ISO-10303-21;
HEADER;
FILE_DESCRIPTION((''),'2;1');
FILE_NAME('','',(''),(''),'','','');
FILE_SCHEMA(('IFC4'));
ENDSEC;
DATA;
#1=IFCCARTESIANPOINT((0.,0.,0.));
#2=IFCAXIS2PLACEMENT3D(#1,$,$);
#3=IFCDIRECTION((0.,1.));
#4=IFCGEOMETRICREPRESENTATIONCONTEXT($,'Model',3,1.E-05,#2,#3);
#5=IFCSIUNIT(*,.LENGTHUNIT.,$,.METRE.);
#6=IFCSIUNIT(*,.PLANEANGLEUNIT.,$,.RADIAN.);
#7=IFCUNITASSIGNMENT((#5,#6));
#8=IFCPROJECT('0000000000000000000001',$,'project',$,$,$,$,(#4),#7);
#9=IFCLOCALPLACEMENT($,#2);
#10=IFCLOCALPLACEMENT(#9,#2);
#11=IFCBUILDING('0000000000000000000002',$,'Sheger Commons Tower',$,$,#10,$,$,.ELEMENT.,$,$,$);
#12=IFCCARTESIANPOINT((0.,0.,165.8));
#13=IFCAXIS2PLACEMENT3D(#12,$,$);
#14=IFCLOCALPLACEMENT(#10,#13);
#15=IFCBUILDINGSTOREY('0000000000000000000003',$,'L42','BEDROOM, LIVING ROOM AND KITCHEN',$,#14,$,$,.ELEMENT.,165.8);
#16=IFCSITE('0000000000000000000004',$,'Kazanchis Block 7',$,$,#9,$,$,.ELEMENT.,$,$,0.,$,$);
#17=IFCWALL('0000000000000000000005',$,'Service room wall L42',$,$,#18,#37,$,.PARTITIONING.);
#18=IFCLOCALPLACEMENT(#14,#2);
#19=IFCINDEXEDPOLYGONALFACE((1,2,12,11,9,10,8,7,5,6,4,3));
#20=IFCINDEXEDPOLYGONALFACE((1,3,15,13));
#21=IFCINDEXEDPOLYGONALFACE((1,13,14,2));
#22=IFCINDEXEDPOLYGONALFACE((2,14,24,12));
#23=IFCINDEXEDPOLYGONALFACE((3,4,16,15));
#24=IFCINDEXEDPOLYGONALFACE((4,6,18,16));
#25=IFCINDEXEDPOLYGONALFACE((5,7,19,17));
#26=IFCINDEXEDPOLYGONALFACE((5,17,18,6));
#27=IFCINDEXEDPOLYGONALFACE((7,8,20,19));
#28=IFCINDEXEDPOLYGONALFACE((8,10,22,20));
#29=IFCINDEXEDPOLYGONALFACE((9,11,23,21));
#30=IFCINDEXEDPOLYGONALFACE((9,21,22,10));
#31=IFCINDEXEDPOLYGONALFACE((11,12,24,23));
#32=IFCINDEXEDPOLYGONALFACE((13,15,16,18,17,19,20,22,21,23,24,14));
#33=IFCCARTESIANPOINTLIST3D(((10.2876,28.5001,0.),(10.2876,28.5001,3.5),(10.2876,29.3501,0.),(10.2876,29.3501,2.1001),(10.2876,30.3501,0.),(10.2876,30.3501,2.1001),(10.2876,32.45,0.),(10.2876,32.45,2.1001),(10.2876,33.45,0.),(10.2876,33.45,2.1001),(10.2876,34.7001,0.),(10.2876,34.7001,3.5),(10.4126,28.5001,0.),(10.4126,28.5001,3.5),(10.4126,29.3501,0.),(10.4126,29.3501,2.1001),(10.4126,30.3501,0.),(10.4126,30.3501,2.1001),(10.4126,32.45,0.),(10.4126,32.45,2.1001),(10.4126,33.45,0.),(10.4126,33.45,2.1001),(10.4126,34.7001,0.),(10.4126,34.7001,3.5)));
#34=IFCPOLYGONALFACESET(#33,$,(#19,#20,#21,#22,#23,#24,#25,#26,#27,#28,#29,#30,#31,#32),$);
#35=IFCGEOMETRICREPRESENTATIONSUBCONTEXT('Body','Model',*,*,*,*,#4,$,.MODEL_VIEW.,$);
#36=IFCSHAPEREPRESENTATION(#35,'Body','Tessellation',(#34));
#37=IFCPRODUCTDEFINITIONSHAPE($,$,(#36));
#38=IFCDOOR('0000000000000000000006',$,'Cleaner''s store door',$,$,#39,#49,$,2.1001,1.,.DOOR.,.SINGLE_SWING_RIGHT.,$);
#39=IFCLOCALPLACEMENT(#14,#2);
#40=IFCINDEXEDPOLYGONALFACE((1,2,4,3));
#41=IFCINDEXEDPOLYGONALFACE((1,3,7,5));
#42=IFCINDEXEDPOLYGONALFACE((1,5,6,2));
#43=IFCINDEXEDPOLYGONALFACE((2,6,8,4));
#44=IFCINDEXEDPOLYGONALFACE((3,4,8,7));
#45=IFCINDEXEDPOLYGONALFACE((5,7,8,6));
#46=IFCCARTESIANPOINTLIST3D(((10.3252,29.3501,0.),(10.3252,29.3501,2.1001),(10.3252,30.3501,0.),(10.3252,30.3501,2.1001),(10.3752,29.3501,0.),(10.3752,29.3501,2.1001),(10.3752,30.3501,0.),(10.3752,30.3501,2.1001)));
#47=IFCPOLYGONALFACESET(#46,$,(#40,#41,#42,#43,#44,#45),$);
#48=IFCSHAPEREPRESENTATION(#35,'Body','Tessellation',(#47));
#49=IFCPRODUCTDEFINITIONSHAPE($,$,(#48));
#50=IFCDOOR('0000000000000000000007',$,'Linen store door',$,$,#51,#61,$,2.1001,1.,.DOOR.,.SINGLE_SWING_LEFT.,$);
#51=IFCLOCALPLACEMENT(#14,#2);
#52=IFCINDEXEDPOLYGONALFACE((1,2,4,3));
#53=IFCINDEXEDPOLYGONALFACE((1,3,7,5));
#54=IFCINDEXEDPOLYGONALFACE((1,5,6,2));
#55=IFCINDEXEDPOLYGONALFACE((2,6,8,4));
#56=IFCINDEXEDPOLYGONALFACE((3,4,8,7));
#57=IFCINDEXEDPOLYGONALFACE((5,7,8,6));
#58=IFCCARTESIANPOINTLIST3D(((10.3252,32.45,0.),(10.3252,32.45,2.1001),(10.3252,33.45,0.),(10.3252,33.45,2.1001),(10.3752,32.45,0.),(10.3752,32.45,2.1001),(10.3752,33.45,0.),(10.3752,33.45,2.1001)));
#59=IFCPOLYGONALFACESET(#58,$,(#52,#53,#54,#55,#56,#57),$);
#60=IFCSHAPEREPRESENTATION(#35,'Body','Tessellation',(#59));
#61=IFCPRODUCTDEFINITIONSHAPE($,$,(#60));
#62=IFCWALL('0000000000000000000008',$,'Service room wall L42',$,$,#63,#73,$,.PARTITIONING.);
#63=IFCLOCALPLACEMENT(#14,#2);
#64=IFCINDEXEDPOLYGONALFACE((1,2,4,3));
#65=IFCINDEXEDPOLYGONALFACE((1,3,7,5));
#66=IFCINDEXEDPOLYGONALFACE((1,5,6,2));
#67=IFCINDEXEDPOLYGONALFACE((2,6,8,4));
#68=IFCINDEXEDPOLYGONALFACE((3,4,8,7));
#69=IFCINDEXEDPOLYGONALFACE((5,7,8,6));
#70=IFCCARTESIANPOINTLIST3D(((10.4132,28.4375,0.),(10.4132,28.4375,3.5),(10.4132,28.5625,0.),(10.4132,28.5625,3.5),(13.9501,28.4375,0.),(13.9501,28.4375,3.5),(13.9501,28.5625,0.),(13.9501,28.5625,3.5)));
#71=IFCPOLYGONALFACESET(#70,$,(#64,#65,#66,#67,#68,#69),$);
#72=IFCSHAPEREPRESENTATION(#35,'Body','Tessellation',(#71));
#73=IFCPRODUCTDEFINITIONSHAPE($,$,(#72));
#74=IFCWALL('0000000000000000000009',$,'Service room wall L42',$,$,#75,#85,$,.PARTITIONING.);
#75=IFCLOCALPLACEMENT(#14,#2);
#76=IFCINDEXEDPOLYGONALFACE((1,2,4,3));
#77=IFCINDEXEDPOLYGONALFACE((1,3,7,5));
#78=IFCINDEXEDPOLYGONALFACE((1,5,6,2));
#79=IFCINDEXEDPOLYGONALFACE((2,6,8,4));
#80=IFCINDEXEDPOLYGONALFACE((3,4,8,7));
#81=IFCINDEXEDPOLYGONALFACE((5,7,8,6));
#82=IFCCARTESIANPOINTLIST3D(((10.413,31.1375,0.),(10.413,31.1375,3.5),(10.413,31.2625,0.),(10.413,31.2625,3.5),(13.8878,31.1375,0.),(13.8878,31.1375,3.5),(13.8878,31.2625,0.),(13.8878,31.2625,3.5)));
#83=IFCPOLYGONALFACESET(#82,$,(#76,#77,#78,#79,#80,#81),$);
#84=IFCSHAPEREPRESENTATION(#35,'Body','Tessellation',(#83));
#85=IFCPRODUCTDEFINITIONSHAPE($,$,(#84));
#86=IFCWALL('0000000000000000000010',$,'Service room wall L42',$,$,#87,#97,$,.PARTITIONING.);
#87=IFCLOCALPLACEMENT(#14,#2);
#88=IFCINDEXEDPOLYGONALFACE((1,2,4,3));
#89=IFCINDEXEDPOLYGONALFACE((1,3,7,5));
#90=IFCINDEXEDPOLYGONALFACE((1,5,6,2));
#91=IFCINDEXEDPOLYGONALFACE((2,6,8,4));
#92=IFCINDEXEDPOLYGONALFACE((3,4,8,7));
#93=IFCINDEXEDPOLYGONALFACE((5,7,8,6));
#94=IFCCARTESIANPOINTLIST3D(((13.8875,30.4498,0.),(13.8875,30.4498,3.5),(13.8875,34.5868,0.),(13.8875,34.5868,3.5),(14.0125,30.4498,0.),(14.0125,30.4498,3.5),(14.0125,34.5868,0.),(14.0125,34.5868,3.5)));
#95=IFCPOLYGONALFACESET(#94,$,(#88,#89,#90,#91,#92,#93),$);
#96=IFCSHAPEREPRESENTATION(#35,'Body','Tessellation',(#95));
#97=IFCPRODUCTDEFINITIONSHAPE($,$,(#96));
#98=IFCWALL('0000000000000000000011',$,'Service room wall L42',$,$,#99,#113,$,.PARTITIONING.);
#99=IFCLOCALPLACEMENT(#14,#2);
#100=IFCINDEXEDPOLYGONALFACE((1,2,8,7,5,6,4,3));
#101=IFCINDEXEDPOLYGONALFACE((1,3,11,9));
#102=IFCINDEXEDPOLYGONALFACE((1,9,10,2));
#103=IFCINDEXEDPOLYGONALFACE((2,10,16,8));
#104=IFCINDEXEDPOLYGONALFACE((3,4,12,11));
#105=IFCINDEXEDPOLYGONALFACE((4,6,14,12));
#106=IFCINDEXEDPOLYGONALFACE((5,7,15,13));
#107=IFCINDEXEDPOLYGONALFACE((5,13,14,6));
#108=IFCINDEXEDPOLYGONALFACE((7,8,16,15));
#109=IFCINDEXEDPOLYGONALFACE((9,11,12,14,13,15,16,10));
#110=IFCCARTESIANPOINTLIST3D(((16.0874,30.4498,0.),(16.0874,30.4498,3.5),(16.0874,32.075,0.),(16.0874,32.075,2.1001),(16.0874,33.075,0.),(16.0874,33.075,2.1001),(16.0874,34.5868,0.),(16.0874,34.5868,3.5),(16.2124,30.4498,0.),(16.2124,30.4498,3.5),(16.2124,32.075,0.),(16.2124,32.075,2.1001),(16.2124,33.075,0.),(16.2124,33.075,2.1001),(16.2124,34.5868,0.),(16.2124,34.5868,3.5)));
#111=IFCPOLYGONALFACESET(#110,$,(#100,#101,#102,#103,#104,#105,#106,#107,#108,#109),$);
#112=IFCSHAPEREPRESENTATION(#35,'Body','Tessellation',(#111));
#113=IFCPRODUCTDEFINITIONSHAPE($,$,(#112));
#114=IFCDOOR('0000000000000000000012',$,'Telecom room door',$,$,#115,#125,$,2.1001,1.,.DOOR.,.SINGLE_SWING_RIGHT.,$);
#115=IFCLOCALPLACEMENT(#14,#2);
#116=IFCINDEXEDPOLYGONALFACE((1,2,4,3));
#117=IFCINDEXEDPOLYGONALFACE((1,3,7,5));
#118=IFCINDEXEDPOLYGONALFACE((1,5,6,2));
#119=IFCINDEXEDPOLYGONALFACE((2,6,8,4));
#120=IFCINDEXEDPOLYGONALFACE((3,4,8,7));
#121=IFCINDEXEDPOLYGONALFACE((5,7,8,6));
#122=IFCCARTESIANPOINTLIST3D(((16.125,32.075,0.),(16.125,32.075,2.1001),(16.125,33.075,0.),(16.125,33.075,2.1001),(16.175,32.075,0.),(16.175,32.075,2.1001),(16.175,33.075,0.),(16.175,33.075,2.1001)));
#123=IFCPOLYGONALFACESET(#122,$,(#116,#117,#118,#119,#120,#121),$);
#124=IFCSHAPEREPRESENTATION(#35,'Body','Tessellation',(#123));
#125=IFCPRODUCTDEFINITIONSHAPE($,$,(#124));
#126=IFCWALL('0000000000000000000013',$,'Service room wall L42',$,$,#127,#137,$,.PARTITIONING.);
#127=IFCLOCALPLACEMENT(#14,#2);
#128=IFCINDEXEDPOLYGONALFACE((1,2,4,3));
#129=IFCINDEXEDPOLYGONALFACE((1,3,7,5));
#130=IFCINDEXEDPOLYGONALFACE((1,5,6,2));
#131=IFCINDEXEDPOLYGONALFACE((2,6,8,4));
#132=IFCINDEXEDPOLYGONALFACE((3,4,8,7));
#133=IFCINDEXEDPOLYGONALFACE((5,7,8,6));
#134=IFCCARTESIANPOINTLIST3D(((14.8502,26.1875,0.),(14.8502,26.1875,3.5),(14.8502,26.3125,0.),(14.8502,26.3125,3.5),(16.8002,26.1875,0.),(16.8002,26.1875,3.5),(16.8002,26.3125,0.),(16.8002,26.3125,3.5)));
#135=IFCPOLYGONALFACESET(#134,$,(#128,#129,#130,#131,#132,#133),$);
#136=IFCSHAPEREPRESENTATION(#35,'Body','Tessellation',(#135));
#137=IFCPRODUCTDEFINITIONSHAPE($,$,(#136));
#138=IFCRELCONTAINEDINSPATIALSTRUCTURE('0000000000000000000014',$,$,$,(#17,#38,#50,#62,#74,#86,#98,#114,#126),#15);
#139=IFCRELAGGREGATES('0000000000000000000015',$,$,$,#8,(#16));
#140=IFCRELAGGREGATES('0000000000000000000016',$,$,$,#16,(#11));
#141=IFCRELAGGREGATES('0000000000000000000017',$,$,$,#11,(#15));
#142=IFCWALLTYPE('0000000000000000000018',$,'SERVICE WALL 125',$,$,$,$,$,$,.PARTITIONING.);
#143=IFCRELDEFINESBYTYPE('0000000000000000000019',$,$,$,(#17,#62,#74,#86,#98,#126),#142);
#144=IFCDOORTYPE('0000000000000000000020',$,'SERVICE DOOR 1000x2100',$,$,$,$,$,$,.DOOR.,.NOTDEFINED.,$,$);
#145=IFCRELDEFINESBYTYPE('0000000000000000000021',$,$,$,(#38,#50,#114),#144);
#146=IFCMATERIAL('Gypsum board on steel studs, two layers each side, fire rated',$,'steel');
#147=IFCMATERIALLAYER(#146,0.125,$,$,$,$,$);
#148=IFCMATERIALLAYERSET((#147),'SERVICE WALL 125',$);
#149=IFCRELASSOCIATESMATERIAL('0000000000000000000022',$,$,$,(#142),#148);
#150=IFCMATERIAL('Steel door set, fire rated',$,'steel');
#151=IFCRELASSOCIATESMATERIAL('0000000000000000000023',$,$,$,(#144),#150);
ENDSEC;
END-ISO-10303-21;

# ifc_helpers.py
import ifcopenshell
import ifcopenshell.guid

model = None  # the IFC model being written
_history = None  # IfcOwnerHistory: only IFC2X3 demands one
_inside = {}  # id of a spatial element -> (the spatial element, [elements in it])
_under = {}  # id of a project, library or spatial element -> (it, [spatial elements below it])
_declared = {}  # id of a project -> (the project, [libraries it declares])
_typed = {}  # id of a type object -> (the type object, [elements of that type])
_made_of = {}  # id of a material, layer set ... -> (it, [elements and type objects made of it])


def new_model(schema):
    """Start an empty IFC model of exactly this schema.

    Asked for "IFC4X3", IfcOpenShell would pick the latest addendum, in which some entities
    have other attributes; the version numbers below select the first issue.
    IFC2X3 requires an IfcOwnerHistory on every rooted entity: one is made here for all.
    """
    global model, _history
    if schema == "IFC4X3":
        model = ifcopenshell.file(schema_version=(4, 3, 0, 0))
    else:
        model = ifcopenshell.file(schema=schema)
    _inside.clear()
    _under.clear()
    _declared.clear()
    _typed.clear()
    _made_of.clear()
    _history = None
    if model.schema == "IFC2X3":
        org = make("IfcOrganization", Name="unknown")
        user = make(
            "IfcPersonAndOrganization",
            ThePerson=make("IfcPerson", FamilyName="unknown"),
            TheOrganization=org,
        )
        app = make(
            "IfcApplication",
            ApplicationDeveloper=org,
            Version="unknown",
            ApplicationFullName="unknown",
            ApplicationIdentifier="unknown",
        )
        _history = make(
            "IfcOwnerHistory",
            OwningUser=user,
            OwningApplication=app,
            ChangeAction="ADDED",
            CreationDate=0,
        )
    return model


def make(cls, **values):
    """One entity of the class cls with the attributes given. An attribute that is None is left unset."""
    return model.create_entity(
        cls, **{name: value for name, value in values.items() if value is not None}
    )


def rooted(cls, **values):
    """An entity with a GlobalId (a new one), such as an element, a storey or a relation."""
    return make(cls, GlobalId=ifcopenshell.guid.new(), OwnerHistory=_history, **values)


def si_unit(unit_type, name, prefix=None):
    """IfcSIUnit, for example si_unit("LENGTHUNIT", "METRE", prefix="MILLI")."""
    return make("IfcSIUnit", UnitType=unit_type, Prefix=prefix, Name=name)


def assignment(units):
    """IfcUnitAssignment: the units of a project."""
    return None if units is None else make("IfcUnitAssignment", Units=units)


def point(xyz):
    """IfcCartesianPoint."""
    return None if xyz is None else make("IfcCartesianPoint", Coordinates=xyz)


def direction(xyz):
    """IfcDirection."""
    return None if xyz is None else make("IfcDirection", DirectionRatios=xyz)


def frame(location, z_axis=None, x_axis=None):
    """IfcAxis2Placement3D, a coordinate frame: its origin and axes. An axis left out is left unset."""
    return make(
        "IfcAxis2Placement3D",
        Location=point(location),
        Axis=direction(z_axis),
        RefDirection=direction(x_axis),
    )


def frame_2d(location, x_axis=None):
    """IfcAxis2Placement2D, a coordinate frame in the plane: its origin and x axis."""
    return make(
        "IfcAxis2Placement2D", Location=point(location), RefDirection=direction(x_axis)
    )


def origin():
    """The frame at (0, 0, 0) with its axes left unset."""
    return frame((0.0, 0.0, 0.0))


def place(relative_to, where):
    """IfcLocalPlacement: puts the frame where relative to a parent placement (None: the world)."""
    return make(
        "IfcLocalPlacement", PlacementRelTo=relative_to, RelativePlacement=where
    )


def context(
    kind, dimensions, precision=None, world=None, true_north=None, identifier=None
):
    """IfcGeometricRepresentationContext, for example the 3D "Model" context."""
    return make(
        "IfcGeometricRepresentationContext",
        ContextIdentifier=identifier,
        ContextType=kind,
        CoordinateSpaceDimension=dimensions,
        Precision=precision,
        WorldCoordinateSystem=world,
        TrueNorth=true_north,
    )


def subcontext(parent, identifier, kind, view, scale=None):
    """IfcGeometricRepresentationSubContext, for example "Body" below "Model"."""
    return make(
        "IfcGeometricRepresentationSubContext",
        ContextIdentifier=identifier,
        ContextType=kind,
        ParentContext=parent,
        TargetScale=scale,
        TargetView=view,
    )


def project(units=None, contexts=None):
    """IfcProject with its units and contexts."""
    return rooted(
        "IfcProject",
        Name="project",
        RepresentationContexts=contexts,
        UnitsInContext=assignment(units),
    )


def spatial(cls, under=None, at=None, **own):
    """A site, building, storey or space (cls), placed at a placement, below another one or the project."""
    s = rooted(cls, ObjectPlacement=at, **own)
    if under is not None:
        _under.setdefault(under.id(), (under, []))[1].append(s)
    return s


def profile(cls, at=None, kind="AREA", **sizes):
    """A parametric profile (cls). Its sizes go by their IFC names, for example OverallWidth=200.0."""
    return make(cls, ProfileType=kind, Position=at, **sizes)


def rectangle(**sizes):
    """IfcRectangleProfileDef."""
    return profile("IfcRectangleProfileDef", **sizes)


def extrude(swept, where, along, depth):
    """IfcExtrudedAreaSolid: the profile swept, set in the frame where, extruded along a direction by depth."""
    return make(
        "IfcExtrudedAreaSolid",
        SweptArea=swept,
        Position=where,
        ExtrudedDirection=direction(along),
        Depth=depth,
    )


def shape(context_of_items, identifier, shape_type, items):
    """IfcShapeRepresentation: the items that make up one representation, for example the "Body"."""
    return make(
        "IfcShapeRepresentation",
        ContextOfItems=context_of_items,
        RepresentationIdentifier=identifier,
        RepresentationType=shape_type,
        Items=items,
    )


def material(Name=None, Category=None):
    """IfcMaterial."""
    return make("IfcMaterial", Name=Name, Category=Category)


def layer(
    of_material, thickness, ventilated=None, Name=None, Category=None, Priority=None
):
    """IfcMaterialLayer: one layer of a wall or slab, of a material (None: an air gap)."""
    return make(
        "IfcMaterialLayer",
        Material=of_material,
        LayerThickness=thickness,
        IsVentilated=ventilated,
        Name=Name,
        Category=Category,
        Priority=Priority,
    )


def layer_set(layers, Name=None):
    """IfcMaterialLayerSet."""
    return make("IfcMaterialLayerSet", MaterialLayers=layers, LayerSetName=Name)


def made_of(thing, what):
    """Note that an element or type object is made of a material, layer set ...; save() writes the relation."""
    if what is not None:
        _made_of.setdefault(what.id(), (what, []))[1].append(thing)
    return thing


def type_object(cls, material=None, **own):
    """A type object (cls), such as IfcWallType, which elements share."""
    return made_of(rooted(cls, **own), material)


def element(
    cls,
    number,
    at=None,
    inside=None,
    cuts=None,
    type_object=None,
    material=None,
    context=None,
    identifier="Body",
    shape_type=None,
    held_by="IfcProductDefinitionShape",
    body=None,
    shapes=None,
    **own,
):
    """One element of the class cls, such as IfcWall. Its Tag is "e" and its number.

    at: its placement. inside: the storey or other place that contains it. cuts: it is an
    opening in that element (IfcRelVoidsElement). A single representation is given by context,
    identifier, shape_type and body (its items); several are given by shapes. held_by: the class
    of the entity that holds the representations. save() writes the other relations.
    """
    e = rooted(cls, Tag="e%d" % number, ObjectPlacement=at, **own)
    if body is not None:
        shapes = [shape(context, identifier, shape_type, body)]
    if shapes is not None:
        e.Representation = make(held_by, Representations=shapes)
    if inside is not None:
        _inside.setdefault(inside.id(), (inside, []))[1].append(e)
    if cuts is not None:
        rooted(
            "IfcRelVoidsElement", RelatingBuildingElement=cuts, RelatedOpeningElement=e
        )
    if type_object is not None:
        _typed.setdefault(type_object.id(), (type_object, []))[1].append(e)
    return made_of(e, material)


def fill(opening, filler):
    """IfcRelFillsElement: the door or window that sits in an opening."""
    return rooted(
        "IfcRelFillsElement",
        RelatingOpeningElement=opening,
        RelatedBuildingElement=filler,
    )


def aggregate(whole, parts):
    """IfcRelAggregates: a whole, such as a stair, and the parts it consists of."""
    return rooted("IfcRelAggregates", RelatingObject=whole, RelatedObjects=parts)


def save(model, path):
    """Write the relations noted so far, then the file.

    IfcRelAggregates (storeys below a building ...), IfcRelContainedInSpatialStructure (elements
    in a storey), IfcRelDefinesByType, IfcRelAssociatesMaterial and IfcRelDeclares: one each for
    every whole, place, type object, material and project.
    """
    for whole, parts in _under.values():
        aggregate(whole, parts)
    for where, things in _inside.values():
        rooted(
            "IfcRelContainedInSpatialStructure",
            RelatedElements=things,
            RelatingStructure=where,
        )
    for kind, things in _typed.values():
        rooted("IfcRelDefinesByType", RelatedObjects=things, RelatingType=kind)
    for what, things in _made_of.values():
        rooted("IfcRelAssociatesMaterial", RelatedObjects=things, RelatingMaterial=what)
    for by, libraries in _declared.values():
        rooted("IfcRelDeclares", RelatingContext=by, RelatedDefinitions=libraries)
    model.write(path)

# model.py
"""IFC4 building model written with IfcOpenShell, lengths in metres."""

from ifc_helpers import new_model, si_unit, direction, frame, frame_2d, origin, place, context, subcontext, project, spatial, rectangle, extrude, material, layer, layer_set, type_object, element, fill, save


model = new_model("IFC4")

# Units and contexts
model_context = context("Model", 3, precision=1e-05, world=origin(), true_north=direction((0.0, 1.0)))
body_context = subcontext(model_context, "Body", "Model", "MODEL_VIEW")
ifc_project = project(units=[si_unit("LENGTHUNIT", "METRE"), si_unit("PLANEANGLEUNIT", "RADIAN")], contexts=[model_context])

# Site, building, storey
site_placement = place(None, origin())
site = spatial("IfcSite", under=ifc_project, at=site_placement, Name="Kazanchis Block 7", CompositionType="ELEMENT", RefElevation=0.0)
building_placement = place(site_placement, origin())
building = spatial("IfcBuilding", under=site, at=building_placement, Name="Sheger Commons Tower", CompositionType="ELEMENT")
storey_placement = place(building_placement, frame((0.0, 0.0, 165.8)))
storey = spatial("IfcBuildingStorey", under=building, at=storey_placement, Name="L42", Description="BEDROOM, LIVING ROOM AND KITCHEN", CompositionType="ELEMENT", Elevation=165.8)

# Wall, openings, doors
ifc_material_1 = material(Name="Gypsum board on steel studs, two layers each side, fire rated", Category="steel")
ifc_layer_1 = layer(ifc_material_1, 0.125)
ifc_layer_set_1 = layer_set([ifc_layer_1], Name="SERVICE WALL 125")
wall_type_1 = type_object("IfcWallType", Name="SERVICE WALL 125", PredefinedType="PARTITIONING", material=ifc_layer_set_1)
wall_1_placement = place(storey_placement, frame((10.3501, 28.5, 0.0), z_axis=(0.0, 0.0, 1.0), x_axis=(0.0, 1.0, 0.0)))
wall_1 = element("IfcWall", 1, at=wall_1_placement, inside=storey, type_object=wall_type_1, Name="Service room wall L42", PredefinedType="PARTITIONING", context=body_context, shape_type="SweptSolid", body=[
    extrude(rectangle(XDim=6.2, YDim=0.125, at=frame_2d((3.1001, 0.0))), origin(), (0.0, 0.0, 1.0), 3.5),
])
opening_1_placement = place(wall_1_placement, frame((0.8501, 0.0, 0.0)))
opening_1 = element("IfcOpeningElement", 2, at=opening_1_placement, cuts=wall_1, PredefinedType="OPENING", context=body_context, shape_type="SweptSolid", body=[
    extrude(rectangle(XDim=1.0, YDim=2.1001, at=frame_2d((0.5, 1.05))), frame((0.0, 0.0725, 0.0), z_axis=(0.0, -1.0, 0.0), x_axis=(1.0, 0.0, 0.0)), (0.0, 0.0, 1.0), 0.145),
])
opening_2_placement = place(wall_1_placement, frame((3.95, 0.0, 0.0)))
opening_2 = element("IfcOpeningElement", 3, at=opening_2_placement, cuts=wall_1, PredefinedType="OPENING", context=body_context, shape_type="SweptSolid", body=[
    extrude(rectangle(XDim=1.0, YDim=2.1001, at=frame_2d((0.5, 1.05))), frame((0.0, 0.0725, 0.0), z_axis=(0.0, -1.0, 0.0), x_axis=(1.0, 0.0, 0.0)), (0.0, 0.0, 1.0), 0.145),
])
ifc_material_2 = material(Name="Steel door set, fire rated", Category="steel")
door_type_1 = type_object("IfcDoorType", Name="SERVICE DOOR 1000x2100", OperationType="NOTDEFINED", PredefinedType="DOOR", material=ifc_material_2)
door_1_placement = place(opening_1_placement, origin())
door_1 = element("IfcDoor", 4, at=door_1_placement, inside=storey, type_object=door_type_1, Name="Cleaner's store door", OperationType="SINGLE_SWING_RIGHT", OverallHeight=2.1001, OverallWidth=1.0, PredefinedType="DOOR", context=body_context, shape_type="SweptSolid", body=[
    extrude(rectangle(XDim=1.0, YDim=2.1001, at=frame_2d((0.5, 1.05))), frame((0.0, 0.0249, 0.0), z_axis=(0.0, -1.0, 0.0), x_axis=(1.0, 0.0, 0.0)), (0.0, 0.0, 1.0), 0.05),
])
fill(opening_1, door_1)
door_2_placement = place(opening_2_placement, origin())
door_2 = element("IfcDoor", 5, at=door_2_placement, inside=storey, type_object=door_type_1, Name="Linen store door", OperationType="SINGLE_SWING_LEFT", OverallHeight=2.1001, OverallWidth=1.0, PredefinedType="DOOR", context=body_context, shape_type="SweptSolid", body=[
    extrude(rectangle(XDim=1.0, YDim=2.1001, at=frame_2d((0.5, 1.05))), frame((0.0, 0.0249, 0.0), z_axis=(0.0, -1.0, 0.0), x_axis=(1.0, 0.0, 0.0)), (0.0, 0.0, 1.0), 0.05),
])
fill(opening_2, door_2)

# Walls
wall_2_placement = place(storey_placement, frame((10.4131, 28.5, 0.0), z_axis=(0.0, 0.0, 1.0), x_axis=(1.0, 0.0, 0.0)))
element("IfcWall", 6, at=wall_2_placement, inside=storey, type_object=wall_type_1, Name="Service room wall L42", PredefinedType="PARTITIONING", context=body_context, shape_type="SweptSolid", body=[
    extrude(rectangle(XDim=3.5369, YDim=0.125, at=frame_2d((1.7686, 0.0))), origin(), (0.0, 0.0, 1.0), 3.5),
])
wall_3_placement = place(storey_placement, frame((10.4131, 31.2, 0.0), z_axis=(0.0, 0.0, 1.0), x_axis=(1.0, 0.0, 0.0)))
element("IfcWall", 7, at=wall_3_placement, inside=storey, type_object=wall_type_1, Name="Service room wall L42", PredefinedType="PARTITIONING", context=body_context, shape_type="SweptSolid", body=[
    extrude(rectangle(XDim=3.4749, YDim=0.125, at=frame_2d((1.7373, 0.0))), origin(), (0.0, 0.0, 1.0), 3.5),
])
wall_4_placement = place(storey_placement, frame((13.95, 30.45, 0.0), z_axis=(0.0, 0.0, 1.0), x_axis=(0.0, 1.0, 0.0)))
element("IfcWall", 8, at=wall_4_placement, inside=storey, type_object=wall_type_1, Name="Service room wall L42", PredefinedType="PARTITIONING", context=body_context, shape_type="SweptSolid", body=[
    extrude(rectangle(XDim=4.137, YDim=0.125, at=frame_2d((2.0684, 0.0))), origin(), (0.0, 0.0, 1.0), 3.5),
])

# Wall, opening, door
wall_5_placement = place(storey_placement, frame((16.1499, 30.45, 0.0), z_axis=(0.0, 0.0, 1.0), x_axis=(0.0, 1.0, 0.0)))
wall_5 = element("IfcWall", 9, at=wall_5_placement, inside=storey, type_object=wall_type_1, Name="Service room wall L42", PredefinedType="PARTITIONING", context=body_context, shape_type="SweptSolid", body=[
    extrude(rectangle(XDim=4.137, YDim=0.125, at=frame_2d((2.0684, 0.0))), origin(), (0.0, 0.0, 1.0), 3.5),
])
opening_3_placement = place(wall_5_placement, frame((1.625, 0.0, 0.0)))
opening_3 = element("IfcOpeningElement", 10, at=opening_3_placement, cuts=wall_5, PredefinedType="OPENING", context=body_context, shape_type="SweptSolid", body=[
    extrude(rectangle(XDim=1.0, YDim=2.1001, at=frame_2d((0.5, 1.05))), frame((0.0, 0.0725, 0.0), z_axis=(0.0, -1.0, 0.0), x_axis=(1.0, 0.0, 0.0)), (0.0, 0.0, 1.0), 0.145),
])
door_3_placement = place(opening_3_placement, origin())
door_3 = element("IfcDoor", 11, at=door_3_placement, inside=storey, type_object=door_type_1, Name="Telecom room door", OperationType="SINGLE_SWING_RIGHT", OverallHeight=2.1001, OverallWidth=1.0, PredefinedType="DOOR", context=body_context, shape_type="SweptSolid", body=[
    extrude(rectangle(XDim=1.0, YDim=2.1001, at=frame_2d((0.5, 1.05))), frame((0.0, 0.0249, 0.0), z_axis=(0.0, -1.0, 0.0), x_axis=(1.0, 0.0, 0.0)), (0.0, 0.0, 1.0), 0.05),
])
fill(opening_3, door_3)

# Wall
wall_6_placement = place(storey_placement, frame((14.8501, 26.25, 0.0), z_axis=(0.0, 0.0, 1.0), x_axis=(1.0, 0.0, 0.0)))
element("IfcWall", 12, at=wall_6_placement, inside=storey, type_object=wall_type_1, Name="Service room wall L42", PredefinedType="PARTITIONING", context=body_context, shape_type="SweptSolid", body=[
    extrude(rectangle(XDim=1.95, YDim=0.125, at=frame_2d((0.9751, 0.0))), origin(), (0.0, 0.0, 1.0), 3.5),
])

save(model, "model.ifc")
